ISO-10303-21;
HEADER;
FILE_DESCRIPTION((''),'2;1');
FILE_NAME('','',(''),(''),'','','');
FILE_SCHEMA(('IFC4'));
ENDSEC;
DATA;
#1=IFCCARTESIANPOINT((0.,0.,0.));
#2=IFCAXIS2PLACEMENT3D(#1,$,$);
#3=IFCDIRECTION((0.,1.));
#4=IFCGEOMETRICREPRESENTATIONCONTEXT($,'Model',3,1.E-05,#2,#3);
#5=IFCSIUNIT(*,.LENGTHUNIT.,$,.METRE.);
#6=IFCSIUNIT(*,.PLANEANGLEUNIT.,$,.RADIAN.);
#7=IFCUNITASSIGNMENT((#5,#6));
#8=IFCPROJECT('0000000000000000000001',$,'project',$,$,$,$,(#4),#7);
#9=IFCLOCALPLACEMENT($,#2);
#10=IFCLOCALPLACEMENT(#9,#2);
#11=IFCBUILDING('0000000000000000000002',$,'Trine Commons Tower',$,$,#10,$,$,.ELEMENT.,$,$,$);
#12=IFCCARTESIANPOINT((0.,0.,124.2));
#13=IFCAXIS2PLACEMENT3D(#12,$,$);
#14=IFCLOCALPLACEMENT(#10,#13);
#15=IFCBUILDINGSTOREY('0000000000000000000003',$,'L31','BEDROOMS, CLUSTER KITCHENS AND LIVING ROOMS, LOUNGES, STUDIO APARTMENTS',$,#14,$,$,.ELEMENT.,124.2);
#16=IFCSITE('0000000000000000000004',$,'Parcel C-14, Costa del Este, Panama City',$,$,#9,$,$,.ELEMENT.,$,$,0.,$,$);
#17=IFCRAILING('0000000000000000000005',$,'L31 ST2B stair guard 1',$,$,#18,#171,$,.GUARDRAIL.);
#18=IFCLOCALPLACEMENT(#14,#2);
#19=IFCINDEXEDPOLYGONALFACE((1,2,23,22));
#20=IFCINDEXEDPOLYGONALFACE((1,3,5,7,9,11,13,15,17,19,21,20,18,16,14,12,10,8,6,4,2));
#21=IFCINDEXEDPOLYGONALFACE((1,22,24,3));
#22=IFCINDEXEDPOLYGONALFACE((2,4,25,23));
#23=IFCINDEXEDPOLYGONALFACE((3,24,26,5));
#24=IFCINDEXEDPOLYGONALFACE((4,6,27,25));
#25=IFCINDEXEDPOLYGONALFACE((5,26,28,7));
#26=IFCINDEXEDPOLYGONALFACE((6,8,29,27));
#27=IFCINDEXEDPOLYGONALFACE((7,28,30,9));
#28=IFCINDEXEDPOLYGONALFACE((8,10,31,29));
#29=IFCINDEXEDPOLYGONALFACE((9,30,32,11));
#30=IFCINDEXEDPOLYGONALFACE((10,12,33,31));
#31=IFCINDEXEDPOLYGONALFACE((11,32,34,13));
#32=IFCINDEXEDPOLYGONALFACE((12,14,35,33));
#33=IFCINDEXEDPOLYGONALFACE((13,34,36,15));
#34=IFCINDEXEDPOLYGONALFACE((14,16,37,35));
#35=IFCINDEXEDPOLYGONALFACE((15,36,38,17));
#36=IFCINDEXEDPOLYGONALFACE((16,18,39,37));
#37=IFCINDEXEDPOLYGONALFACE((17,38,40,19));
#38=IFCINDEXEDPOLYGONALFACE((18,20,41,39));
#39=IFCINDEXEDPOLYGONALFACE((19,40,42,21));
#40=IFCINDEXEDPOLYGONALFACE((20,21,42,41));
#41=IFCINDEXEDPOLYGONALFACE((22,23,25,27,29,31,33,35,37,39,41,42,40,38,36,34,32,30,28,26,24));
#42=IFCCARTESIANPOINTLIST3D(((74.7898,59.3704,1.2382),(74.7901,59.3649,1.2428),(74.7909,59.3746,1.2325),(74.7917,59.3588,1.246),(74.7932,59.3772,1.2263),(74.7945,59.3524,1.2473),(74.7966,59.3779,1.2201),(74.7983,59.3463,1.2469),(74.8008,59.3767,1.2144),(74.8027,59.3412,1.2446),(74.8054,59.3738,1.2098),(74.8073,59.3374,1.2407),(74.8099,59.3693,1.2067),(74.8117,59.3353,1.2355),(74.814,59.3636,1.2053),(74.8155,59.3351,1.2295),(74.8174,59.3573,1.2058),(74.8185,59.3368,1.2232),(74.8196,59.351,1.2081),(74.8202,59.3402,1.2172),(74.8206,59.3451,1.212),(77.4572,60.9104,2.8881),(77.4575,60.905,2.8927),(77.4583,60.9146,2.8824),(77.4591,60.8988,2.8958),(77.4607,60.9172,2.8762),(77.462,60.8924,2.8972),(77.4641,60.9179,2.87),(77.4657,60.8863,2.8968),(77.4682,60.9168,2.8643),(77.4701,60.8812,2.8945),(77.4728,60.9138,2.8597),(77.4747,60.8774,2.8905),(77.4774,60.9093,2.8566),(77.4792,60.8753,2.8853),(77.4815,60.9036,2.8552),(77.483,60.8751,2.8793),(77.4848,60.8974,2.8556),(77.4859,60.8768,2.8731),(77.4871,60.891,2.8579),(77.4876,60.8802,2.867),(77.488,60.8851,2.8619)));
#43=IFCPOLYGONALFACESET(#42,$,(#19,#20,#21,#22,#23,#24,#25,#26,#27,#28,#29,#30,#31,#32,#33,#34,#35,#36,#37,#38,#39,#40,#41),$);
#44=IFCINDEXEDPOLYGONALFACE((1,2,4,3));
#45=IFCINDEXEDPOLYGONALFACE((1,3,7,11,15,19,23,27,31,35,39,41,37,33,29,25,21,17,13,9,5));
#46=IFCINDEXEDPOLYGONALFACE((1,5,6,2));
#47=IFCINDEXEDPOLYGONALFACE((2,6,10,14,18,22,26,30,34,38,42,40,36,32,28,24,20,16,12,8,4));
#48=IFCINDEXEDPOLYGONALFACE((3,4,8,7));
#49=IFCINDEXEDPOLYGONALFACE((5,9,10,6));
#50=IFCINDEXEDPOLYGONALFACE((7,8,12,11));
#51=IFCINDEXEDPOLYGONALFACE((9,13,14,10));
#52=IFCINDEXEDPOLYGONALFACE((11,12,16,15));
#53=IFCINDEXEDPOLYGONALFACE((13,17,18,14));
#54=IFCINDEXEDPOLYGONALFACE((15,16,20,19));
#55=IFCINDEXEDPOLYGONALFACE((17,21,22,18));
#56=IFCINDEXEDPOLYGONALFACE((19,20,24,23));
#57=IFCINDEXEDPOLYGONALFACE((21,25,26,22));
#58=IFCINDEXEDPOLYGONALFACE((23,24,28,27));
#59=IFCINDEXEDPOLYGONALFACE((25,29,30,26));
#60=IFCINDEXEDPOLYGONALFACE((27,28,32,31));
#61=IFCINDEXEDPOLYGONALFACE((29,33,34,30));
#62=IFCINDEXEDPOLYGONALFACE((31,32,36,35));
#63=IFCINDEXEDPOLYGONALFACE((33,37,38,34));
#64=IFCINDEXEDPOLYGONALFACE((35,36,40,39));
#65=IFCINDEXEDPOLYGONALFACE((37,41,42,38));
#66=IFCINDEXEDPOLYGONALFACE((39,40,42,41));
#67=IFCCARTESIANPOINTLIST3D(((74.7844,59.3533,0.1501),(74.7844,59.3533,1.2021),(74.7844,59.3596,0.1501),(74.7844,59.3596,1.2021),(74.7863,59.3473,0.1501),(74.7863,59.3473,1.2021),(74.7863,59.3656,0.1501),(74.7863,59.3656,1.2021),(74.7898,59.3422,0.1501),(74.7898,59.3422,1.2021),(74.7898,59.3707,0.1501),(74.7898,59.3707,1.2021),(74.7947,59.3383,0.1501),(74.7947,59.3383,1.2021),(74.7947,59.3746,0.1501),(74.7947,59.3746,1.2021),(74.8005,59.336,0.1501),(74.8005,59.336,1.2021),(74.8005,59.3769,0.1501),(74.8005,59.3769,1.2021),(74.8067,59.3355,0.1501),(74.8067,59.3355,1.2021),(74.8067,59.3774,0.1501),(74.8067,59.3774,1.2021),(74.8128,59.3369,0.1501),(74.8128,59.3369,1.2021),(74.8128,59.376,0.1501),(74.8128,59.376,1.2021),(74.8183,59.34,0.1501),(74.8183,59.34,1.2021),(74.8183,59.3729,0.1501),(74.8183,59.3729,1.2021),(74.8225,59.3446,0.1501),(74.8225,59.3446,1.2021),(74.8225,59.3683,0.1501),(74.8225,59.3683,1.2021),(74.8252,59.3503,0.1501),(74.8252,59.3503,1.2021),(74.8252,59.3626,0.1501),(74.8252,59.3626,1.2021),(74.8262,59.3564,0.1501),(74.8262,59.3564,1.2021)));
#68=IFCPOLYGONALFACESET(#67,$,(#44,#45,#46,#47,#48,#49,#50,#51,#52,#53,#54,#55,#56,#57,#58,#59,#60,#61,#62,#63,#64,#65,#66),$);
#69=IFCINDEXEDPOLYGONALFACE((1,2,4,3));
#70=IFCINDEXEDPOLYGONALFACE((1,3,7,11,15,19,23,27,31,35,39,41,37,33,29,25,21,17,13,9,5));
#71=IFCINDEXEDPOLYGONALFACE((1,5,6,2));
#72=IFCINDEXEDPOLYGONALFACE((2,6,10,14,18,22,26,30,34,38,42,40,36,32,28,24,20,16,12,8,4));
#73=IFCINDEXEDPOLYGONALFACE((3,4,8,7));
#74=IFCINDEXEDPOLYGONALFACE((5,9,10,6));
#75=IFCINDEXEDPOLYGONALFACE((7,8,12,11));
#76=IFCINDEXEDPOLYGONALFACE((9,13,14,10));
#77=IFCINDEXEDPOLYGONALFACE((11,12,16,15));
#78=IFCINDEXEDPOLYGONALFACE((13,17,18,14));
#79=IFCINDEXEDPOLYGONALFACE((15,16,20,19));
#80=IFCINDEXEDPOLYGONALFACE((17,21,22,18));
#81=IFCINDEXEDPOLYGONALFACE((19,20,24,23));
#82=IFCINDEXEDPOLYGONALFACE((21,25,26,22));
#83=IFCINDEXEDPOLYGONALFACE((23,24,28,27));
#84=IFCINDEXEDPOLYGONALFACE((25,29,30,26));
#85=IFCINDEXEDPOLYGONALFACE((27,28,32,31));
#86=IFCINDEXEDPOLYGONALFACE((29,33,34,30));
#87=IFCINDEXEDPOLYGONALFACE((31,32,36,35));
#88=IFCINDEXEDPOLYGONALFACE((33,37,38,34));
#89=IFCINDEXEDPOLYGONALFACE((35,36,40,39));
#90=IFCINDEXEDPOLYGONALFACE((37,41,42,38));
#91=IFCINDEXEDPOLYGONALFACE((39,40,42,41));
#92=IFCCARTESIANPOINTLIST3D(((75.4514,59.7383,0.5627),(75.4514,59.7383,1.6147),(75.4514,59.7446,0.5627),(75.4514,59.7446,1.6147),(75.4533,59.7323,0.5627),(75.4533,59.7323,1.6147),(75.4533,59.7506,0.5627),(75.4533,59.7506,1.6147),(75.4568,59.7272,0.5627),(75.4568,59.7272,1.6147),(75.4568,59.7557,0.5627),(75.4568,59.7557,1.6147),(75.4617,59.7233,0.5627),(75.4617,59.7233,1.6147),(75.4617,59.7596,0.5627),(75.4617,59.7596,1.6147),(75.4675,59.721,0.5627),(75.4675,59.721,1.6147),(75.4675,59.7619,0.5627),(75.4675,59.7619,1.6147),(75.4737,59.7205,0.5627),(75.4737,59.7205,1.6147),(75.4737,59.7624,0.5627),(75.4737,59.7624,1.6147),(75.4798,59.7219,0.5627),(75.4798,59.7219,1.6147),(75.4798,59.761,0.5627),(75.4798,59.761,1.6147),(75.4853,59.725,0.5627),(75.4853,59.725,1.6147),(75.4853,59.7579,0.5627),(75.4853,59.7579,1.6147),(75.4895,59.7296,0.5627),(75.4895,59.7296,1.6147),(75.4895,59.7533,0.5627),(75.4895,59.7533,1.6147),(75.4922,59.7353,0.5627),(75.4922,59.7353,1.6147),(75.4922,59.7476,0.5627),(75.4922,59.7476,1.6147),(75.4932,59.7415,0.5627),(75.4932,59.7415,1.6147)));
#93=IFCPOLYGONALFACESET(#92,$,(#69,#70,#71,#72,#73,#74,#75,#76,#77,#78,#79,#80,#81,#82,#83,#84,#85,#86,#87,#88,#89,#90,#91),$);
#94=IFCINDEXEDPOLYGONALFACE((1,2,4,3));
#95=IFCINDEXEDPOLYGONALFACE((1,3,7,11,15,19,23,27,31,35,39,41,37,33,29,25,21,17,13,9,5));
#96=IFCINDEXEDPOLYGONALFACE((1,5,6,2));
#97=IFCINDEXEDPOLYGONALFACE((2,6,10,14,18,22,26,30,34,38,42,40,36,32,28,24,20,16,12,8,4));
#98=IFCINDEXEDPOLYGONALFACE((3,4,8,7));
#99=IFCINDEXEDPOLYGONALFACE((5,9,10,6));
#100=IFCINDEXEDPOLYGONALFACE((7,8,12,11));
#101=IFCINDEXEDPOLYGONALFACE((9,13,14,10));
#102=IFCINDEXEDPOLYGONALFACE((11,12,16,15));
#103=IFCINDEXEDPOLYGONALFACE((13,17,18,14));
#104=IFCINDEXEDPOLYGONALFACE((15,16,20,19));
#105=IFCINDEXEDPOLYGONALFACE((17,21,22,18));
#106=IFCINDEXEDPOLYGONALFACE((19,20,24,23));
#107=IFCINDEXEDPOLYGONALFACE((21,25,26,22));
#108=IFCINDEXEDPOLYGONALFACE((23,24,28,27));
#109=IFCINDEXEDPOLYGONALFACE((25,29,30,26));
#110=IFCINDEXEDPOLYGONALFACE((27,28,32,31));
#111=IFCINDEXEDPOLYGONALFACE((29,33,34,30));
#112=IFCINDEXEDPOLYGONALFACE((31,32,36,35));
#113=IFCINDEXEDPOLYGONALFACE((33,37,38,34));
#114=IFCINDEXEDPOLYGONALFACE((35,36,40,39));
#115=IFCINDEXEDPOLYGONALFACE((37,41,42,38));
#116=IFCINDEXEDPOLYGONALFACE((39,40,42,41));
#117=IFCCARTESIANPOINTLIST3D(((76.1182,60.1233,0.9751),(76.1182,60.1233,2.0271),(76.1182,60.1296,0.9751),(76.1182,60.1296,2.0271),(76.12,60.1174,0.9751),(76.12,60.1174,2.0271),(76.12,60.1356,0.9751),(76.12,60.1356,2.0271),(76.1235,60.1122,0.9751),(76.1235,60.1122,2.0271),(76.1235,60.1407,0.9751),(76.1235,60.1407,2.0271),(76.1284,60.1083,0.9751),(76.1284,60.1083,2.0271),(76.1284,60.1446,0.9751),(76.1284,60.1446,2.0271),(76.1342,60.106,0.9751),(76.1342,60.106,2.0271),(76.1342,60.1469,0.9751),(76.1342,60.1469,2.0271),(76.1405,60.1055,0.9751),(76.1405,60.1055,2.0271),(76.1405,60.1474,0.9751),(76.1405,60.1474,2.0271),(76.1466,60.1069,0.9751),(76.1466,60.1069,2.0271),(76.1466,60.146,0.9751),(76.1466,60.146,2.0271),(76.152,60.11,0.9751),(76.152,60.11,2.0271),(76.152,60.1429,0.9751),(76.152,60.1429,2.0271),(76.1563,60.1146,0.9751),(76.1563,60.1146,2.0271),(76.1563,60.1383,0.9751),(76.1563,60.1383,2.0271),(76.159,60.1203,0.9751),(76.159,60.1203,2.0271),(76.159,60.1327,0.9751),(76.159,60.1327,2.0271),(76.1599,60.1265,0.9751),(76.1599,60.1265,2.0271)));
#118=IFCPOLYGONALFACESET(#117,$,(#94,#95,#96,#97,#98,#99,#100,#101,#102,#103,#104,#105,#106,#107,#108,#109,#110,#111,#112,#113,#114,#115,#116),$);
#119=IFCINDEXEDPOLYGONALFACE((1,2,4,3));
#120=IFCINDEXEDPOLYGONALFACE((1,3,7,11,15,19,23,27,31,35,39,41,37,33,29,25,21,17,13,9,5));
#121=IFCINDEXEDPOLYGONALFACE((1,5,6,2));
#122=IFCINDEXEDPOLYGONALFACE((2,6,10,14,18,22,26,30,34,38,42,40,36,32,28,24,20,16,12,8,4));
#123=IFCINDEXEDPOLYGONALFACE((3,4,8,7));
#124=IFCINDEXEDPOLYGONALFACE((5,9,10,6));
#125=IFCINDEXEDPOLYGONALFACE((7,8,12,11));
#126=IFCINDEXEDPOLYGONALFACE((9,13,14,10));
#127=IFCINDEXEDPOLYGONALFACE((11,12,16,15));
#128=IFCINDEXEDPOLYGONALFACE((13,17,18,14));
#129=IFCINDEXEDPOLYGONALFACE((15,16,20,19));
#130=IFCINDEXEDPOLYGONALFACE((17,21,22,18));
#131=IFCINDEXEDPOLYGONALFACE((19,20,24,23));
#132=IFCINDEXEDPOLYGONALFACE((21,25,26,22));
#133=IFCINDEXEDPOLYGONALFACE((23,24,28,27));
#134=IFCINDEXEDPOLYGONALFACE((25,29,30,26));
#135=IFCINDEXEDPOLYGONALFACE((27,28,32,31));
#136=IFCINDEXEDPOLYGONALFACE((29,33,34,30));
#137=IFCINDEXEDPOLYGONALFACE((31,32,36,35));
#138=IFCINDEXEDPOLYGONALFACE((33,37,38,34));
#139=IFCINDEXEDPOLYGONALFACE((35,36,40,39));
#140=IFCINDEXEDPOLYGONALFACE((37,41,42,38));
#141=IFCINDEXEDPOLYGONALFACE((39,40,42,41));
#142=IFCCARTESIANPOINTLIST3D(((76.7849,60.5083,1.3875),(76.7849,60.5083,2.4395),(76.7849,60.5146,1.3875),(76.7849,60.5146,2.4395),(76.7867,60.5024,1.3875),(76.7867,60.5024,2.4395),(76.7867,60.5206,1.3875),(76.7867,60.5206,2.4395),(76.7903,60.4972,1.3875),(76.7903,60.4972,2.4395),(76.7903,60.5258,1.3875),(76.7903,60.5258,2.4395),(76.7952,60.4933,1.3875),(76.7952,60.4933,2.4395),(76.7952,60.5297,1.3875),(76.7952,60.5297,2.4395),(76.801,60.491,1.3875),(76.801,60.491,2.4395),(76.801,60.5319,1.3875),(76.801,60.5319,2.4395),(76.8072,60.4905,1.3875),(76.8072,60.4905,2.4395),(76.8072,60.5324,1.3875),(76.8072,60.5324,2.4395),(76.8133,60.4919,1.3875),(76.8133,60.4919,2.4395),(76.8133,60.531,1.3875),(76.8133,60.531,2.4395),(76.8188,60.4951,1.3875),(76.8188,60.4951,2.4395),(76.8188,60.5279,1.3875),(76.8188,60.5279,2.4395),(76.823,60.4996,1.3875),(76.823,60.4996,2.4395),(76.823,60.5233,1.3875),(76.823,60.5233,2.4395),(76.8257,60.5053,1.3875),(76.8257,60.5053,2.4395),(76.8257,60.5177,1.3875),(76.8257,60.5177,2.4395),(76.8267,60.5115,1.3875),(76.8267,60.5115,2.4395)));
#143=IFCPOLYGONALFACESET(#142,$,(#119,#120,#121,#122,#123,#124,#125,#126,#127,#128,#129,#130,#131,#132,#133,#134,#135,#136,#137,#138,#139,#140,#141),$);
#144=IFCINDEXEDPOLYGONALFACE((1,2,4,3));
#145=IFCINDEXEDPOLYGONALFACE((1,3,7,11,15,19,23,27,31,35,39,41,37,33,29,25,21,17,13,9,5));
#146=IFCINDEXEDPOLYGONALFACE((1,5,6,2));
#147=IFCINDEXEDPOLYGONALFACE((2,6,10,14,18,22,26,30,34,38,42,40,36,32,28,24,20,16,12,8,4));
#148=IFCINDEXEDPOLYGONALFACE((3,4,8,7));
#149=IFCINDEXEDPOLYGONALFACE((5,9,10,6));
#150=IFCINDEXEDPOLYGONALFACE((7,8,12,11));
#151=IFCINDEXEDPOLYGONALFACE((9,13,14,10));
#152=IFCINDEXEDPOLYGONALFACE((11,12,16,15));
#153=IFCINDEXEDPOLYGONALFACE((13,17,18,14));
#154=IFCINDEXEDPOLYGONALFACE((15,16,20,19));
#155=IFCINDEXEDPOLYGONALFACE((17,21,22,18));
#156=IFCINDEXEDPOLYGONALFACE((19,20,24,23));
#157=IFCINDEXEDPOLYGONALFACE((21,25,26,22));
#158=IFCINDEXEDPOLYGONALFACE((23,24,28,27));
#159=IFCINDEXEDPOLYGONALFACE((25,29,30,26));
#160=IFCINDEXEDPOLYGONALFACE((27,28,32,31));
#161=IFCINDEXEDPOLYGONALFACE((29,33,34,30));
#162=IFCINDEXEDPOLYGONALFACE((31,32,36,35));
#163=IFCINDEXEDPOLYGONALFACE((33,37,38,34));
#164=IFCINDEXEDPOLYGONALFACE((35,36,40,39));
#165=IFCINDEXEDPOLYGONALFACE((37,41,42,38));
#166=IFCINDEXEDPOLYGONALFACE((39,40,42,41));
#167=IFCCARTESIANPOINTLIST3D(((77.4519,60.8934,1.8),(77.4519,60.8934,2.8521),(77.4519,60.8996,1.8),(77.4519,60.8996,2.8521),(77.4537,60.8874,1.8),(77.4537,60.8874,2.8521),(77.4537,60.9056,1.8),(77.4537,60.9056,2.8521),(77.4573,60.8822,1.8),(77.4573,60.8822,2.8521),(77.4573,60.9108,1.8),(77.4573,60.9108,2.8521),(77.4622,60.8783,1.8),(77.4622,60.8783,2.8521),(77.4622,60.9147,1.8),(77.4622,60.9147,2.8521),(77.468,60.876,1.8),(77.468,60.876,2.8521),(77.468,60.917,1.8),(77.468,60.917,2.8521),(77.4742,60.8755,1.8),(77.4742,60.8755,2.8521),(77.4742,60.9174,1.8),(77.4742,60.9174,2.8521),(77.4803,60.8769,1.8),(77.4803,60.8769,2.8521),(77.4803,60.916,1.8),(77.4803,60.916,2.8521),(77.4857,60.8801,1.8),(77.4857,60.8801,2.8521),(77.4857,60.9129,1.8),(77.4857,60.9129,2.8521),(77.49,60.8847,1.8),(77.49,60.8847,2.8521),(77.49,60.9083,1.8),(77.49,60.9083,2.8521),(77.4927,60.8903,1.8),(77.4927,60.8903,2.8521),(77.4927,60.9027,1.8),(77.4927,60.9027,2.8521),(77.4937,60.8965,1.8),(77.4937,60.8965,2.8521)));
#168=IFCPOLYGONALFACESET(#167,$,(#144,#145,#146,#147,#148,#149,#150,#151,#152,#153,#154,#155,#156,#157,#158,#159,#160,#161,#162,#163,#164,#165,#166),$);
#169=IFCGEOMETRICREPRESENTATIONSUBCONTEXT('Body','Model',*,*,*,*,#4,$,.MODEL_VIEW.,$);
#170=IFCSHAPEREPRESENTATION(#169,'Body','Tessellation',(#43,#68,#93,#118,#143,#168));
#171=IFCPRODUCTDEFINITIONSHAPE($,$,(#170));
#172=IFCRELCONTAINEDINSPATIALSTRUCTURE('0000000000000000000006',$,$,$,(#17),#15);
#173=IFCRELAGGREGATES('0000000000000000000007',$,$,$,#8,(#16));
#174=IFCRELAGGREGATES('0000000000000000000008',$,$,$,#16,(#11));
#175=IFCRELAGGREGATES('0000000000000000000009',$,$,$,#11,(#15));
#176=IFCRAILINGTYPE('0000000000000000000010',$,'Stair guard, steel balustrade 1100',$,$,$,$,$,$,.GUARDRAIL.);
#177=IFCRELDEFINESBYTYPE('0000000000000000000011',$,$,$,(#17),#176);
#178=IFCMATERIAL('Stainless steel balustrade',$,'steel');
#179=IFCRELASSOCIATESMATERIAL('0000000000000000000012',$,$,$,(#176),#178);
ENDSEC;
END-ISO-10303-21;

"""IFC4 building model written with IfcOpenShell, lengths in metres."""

from ifc_helpers import new_model, si_unit, direction, frame, origin, origin_2d, place, context, subcontext, project, spatial, circle, extrude, material, type_object, element, save


model = new_model("IFC4")

# Units and contexts
model_context = context("Model", 3, precision=1e-05, world=origin(), true_north=direction((0.0, 1.0)))
body_context = subcontext(model_context, "Body", "Model", "MODEL_VIEW")
ifc_project = project(units=[si_unit("LENGTHUNIT", "METRE"), si_unit("PLANEANGLEUNIT", "RADIAN")], contexts=[model_context])

# Site, building, storey
site_placement = place(None, origin())
site = spatial("IfcSite", under=ifc_project, at=site_placement, Name="Parcel C-14, Costa del Este, Panama City", CompositionType="ELEMENT", RefElevation=0.0)
building_placement = place(site_placement, origin())
building = spatial("IfcBuilding", under=site, at=building_placement, Name="Trine Commons Tower", CompositionType="ELEMENT")
storey_placement = place(building_placement, frame((0.0, 0.0, 124.2)))
storey = spatial("IfcBuildingStorey", under=building, at=storey_placement, Name="L31", Description="BEDROOMS, CLUSTER KITCHENS AND LIVING ROOMS, LOUNGES, STUDIO APARTMENTS", CompositionType="ELEMENT", Elevation=124.2)

# Railing
ifc_material_1 = material(Name="Stainless steel balustrade", Category="steel")
railing_type_1 = type_object("IfcRailingType", Name="Stair guard, steel balustrade 1100", PredefinedType="GUARDRAIL", material=ifc_material_1)
railing_1_placement = place(storey_placement, frame((74.8052, 59.3564, 0.1501)))
element("IfcRailing", 1, at=railing_1_placement, inside=storey, type_object=railing_type_1, Name="L31 ST2B stair guard 1", PredefinedType="GUARDRAIL", context=body_context, shape_type="SweptSolid", body=[
    extrude(circle(Radius=0.0239, at=origin_2d()), frame((0.0, 0.0, 1.0762), z_axis=(0.763405, 0.440743, 0.472185), x_axis=(-0.499992, 0.86603, 0.0)), (0.0, 0.0, 1.0), 3.4941),
    extrude(circle(Radius=0.021, at=origin_2d()), origin(), (0.0, 0.0, 1.0), 1.052),
    extrude(circle(Radius=0.021, at=origin_2d()), frame((0.667, 0.385, 0.4126)), (0.0, 0.0, 1.0), 1.052),
    extrude(circle(Radius=0.021, at=origin_2d()), frame((1.3337, 0.77, 0.825)), (0.0, 0.0, 1.0), 1.052),
    extrude(circle(Radius=0.021, at=origin_2d()), frame((2.0005, 1.155, 1.2373)), (0.0, 0.0, 1.0), 1.052),
    extrude(circle(Radius=0.021, at=origin_2d()), frame((2.6675, 1.54, 1.6499)), (0.0, 0.0, 1.0), 1.052),
])

save(model, "model.ifc")
